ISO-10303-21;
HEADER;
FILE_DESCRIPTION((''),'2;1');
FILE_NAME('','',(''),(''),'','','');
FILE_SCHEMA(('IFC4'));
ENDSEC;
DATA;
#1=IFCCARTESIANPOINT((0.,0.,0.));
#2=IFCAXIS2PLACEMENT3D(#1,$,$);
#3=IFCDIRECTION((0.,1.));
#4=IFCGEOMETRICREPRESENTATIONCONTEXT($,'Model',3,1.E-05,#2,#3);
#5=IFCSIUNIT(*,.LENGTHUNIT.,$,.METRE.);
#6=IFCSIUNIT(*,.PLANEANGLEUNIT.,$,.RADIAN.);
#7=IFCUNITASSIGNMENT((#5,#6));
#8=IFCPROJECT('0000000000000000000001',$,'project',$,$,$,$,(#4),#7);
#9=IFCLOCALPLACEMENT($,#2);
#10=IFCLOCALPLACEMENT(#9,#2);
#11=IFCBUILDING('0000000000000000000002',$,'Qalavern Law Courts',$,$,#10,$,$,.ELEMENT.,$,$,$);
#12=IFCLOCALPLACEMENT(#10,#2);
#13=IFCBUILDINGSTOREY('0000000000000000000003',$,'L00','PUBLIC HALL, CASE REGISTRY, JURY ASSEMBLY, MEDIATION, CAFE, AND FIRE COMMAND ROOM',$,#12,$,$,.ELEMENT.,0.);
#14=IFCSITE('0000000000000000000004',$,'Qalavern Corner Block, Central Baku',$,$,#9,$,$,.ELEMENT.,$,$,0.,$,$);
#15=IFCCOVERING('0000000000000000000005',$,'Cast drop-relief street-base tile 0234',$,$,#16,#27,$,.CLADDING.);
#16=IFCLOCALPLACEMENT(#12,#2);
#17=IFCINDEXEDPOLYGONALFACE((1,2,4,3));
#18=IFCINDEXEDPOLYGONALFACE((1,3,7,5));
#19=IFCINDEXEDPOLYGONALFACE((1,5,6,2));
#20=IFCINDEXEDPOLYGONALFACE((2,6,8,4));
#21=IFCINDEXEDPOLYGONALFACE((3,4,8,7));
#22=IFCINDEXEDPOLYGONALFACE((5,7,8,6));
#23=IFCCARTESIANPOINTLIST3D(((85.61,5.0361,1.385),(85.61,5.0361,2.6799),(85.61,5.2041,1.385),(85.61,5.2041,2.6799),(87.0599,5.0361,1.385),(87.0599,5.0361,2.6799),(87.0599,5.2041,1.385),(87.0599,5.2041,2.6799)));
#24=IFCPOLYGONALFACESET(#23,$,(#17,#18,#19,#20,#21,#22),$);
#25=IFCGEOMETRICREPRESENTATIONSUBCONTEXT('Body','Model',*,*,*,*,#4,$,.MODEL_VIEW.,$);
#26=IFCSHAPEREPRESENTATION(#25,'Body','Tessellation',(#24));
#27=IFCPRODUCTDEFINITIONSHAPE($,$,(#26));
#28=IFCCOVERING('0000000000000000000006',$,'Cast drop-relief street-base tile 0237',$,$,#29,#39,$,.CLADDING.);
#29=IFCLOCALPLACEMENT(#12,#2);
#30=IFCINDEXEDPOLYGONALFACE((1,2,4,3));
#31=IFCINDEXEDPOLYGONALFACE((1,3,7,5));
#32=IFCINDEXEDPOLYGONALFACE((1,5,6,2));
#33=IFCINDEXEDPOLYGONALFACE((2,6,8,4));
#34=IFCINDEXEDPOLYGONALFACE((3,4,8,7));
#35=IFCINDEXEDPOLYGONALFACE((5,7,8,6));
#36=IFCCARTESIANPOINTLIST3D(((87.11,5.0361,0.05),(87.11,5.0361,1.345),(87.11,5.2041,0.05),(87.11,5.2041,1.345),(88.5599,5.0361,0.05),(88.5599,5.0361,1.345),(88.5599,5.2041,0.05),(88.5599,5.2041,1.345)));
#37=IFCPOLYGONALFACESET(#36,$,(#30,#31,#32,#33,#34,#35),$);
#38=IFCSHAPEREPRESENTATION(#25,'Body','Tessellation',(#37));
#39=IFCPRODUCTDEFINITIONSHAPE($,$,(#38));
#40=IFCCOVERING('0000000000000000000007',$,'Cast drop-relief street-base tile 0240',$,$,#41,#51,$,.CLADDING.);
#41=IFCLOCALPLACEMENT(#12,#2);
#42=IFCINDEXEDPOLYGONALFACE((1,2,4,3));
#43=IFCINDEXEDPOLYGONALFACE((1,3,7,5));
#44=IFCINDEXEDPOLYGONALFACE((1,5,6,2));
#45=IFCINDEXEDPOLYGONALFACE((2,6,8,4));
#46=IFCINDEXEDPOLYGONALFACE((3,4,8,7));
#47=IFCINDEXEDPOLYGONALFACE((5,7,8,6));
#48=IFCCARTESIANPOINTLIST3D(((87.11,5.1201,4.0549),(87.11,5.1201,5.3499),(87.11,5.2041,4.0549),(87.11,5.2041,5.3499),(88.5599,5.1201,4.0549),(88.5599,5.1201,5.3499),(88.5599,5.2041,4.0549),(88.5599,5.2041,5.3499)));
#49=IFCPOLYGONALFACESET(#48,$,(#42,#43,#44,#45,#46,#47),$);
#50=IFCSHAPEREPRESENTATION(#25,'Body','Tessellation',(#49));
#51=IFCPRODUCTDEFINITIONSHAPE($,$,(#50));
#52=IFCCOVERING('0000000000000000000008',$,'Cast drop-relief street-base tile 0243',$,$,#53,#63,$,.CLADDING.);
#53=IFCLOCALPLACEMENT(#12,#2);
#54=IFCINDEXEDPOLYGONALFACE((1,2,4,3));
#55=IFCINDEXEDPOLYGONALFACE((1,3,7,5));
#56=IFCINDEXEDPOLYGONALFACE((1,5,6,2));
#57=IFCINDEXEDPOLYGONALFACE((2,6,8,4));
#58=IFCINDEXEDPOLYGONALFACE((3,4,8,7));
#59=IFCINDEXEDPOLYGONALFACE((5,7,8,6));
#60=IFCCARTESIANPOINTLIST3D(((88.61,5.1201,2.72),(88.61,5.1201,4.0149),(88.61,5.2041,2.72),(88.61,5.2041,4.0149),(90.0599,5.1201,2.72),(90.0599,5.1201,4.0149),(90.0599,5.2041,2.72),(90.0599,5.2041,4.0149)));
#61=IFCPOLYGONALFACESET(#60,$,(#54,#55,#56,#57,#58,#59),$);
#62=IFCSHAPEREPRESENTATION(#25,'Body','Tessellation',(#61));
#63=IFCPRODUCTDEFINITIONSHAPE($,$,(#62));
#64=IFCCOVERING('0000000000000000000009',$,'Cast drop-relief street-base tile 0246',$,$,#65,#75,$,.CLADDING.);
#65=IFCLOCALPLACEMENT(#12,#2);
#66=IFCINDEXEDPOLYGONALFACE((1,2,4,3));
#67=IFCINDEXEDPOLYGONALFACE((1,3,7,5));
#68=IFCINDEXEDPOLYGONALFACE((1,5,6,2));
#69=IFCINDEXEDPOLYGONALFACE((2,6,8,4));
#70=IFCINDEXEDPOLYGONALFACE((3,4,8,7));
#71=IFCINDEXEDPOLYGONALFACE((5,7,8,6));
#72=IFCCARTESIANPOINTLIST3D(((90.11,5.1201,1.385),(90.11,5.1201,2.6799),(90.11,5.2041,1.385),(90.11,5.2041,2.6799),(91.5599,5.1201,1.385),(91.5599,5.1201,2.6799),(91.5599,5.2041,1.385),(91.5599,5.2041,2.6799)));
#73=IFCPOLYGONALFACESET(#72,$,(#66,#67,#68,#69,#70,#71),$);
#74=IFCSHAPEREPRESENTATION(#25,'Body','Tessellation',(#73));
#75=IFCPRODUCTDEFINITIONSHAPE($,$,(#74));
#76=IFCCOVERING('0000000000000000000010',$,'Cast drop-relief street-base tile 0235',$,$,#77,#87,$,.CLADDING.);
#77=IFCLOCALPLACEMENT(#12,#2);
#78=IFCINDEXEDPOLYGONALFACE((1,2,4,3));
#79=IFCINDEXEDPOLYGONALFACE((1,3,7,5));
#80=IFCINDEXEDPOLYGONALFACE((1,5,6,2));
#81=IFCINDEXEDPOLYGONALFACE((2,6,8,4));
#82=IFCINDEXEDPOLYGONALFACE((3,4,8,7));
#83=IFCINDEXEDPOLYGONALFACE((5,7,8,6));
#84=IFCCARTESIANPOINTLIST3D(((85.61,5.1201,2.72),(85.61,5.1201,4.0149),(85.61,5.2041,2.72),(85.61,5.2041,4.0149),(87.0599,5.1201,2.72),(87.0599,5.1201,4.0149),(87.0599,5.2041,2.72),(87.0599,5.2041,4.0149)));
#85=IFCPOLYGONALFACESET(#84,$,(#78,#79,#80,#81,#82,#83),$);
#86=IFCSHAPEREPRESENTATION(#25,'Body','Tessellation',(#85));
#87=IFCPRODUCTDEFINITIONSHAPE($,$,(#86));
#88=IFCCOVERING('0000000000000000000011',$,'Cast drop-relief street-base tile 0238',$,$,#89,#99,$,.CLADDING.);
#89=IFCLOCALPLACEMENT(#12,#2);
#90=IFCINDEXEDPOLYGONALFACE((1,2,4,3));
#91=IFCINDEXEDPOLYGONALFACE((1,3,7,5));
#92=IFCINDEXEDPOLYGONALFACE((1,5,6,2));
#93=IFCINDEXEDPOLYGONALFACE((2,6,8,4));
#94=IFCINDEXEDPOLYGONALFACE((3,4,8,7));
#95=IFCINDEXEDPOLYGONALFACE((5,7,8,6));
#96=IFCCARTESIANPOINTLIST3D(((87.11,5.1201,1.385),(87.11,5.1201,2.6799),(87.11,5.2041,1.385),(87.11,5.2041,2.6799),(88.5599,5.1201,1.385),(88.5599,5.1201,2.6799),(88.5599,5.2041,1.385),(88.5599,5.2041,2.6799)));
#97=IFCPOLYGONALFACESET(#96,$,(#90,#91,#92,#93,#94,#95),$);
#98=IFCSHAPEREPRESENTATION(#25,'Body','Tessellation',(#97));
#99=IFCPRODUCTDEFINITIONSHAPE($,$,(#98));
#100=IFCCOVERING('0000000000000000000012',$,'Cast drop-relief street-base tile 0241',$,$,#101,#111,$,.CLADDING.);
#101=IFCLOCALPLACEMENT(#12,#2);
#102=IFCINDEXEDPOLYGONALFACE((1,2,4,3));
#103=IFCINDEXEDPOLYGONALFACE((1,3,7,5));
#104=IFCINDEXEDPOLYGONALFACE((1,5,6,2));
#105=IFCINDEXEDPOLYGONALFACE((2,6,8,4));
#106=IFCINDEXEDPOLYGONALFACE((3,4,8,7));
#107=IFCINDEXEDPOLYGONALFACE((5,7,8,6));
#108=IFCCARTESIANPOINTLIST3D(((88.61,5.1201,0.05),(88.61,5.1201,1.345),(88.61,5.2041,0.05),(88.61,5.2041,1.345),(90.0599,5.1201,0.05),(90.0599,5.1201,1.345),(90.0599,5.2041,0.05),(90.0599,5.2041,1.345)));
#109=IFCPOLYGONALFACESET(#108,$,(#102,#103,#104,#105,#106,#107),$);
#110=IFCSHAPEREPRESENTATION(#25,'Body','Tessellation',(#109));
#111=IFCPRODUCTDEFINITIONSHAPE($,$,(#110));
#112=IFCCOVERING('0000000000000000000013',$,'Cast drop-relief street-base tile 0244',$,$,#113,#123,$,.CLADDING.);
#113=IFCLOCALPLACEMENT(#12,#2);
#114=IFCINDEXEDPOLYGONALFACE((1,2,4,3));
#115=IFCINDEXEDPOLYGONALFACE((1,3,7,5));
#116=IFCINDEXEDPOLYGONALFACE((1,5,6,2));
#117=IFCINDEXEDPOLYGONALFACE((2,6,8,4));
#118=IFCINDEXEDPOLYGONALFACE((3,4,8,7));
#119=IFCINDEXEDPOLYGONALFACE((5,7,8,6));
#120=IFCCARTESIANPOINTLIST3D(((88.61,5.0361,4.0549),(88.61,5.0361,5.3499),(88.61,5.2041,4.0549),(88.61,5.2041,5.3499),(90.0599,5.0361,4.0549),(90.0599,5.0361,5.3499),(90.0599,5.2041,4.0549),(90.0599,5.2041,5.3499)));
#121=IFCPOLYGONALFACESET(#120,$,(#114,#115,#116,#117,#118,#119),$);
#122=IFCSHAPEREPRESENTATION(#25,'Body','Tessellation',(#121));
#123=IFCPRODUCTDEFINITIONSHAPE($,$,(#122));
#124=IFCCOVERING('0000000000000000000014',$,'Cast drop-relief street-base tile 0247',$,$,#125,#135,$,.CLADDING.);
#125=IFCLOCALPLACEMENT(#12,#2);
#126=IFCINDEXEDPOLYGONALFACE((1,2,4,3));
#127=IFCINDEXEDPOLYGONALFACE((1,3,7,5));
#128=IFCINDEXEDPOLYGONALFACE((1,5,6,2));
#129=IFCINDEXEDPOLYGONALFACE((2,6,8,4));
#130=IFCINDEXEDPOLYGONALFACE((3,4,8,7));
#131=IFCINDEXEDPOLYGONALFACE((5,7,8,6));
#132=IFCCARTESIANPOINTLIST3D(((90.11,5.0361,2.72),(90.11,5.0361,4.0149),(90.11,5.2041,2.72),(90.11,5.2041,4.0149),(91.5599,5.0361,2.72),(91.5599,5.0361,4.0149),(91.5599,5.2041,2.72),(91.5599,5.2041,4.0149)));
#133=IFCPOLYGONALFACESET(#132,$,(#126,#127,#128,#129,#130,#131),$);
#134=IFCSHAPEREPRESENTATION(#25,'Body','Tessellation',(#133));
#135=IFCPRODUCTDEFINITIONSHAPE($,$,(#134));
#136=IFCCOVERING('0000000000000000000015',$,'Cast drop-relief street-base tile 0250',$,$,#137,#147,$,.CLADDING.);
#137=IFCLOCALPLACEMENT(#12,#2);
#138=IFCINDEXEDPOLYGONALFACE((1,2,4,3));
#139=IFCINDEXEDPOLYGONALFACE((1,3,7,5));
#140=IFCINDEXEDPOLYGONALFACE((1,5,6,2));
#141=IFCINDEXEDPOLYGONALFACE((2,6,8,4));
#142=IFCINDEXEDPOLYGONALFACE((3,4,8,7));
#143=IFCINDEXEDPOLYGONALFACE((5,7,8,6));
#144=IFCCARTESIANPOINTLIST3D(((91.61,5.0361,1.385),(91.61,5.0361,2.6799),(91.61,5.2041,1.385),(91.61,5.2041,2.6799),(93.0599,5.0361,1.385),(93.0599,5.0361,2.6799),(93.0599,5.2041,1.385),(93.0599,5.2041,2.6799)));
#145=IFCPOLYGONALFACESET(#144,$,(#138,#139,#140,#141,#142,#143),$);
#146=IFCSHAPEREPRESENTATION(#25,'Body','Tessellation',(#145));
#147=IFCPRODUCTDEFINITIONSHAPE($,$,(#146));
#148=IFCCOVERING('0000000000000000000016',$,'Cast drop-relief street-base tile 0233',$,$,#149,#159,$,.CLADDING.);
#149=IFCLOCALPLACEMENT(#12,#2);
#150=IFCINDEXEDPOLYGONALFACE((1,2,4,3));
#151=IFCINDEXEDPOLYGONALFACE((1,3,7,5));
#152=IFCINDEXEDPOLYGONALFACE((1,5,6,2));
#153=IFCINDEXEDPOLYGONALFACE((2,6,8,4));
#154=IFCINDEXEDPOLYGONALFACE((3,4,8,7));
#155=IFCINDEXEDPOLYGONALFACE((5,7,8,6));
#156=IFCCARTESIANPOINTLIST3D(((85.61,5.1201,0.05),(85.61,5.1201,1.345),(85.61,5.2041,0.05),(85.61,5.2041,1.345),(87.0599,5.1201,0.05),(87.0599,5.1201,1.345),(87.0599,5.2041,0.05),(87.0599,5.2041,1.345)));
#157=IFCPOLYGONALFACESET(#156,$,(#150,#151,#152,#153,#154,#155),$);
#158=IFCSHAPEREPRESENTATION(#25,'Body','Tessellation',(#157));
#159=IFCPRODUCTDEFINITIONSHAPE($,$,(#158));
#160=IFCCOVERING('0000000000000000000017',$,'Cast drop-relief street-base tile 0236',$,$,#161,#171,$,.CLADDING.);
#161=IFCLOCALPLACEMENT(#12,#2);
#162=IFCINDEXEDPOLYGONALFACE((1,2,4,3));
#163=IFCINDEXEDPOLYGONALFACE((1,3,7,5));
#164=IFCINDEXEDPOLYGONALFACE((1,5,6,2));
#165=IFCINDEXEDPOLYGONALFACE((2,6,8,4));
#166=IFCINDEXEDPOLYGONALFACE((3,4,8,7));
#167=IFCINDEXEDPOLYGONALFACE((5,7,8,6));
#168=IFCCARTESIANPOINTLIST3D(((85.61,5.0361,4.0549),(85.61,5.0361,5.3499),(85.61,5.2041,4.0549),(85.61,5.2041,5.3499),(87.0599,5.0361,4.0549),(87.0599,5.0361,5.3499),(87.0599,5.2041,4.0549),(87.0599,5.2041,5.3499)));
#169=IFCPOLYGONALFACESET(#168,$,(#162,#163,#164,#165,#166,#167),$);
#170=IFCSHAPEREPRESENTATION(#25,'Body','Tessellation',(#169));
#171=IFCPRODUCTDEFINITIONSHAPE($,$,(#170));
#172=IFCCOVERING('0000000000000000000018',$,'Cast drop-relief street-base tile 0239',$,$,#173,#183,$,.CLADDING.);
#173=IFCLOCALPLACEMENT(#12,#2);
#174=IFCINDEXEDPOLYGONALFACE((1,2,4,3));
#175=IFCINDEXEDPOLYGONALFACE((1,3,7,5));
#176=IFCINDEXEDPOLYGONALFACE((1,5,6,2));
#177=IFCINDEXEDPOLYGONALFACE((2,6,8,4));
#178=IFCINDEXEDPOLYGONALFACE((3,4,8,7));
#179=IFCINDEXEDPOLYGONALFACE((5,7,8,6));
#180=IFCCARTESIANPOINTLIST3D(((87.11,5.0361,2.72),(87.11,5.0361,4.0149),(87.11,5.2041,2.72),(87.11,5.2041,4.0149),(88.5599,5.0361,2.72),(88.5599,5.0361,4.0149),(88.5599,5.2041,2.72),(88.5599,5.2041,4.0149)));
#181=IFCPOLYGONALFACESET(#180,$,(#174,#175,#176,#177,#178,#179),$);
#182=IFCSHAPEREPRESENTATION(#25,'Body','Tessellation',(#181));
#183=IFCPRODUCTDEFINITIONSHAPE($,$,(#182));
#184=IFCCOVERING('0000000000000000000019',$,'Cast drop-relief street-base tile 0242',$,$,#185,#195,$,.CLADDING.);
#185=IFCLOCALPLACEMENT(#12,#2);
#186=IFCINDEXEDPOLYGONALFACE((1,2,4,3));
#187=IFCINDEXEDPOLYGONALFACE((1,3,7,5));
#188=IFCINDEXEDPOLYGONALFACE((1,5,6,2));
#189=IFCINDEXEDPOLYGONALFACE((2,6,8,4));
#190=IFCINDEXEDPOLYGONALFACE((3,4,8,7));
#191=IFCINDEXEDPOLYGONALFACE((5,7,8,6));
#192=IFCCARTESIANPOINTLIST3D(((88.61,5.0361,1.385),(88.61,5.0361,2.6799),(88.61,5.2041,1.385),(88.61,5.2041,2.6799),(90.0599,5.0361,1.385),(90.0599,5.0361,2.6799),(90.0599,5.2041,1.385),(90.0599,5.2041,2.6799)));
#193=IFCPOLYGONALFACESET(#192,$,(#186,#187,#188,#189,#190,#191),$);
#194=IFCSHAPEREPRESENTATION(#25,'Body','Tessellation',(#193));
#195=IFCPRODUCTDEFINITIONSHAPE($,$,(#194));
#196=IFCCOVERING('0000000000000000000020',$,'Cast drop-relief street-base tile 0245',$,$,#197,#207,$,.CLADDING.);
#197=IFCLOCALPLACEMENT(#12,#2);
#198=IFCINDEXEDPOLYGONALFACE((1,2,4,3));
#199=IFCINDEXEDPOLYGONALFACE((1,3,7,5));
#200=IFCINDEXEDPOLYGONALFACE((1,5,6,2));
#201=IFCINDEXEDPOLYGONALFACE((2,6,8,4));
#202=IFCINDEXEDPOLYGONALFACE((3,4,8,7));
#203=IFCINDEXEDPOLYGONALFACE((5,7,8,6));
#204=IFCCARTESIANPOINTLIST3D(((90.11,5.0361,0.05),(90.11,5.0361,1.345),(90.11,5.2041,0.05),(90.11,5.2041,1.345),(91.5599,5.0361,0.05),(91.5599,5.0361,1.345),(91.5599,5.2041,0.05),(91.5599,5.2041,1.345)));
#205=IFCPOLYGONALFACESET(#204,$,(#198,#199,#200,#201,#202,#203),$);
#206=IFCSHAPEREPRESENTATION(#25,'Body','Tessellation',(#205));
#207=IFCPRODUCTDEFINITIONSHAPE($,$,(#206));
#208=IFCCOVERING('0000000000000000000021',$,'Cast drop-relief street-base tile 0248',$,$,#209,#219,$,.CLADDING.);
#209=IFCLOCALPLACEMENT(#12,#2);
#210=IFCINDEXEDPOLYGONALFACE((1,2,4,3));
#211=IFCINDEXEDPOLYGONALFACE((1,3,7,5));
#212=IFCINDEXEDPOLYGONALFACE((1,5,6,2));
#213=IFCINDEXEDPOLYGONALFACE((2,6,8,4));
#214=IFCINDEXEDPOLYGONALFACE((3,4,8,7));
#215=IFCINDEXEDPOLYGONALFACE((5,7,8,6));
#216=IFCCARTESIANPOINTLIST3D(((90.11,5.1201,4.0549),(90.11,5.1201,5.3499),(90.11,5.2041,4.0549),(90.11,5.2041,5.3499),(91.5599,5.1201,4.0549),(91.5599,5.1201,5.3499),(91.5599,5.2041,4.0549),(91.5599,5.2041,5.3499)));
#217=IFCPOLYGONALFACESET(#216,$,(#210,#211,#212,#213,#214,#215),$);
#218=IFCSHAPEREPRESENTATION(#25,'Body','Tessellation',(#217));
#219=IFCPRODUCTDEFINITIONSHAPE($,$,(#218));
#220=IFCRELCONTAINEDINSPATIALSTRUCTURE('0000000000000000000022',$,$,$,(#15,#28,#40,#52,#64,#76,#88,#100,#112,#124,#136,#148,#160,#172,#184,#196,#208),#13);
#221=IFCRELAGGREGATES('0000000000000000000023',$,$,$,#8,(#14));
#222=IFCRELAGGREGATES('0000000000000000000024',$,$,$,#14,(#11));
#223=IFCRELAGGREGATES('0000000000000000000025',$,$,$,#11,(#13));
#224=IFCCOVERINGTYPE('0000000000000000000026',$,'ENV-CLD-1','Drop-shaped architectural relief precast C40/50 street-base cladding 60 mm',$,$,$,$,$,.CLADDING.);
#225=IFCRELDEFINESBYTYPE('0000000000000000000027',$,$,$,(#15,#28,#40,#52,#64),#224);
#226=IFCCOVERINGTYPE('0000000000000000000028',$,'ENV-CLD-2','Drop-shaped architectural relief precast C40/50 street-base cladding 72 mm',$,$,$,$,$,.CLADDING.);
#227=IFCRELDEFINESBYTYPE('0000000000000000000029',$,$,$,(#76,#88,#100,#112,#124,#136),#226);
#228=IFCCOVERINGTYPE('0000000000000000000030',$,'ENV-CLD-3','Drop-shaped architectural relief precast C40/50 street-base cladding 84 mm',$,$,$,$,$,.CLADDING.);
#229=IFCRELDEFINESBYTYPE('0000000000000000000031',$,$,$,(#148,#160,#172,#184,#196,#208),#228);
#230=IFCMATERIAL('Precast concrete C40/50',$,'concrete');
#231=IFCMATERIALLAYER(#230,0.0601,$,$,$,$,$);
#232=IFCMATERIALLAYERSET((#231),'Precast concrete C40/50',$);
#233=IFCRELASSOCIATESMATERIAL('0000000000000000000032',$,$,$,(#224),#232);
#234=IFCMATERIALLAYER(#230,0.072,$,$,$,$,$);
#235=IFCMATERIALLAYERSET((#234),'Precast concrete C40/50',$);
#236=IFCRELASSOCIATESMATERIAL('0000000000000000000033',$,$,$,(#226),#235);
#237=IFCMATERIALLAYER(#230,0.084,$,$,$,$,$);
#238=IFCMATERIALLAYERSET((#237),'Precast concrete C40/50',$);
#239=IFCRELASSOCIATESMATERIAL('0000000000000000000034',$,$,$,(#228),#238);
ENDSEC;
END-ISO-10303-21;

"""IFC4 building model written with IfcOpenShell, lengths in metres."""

from ifc_helpers import new_model, si_unit, direction, frame, origin, origin_2d, place, context, subcontext, project, spatial, rectangle, extrude, material, layer, layer_set, type_object, element, save


model = new_model("IFC4")

# Units and contexts
model_context = context("Model", 3, precision=1e-05, world=origin(), true_north=direction((0.0, 1.0)))
body_context = subcontext(model_context, "Body", "Model", "MODEL_VIEW")
ifc_project = project(units=[si_unit("LENGTHUNIT", "METRE"), si_unit("PLANEANGLEUNIT", "RADIAN")], contexts=[model_context])

# Site, building, storey
site_placement = place(None, origin())
site = spatial("IfcSite", under=ifc_project, at=site_placement, Name="Qalavern Corner Block, Central Baku", CompositionType="ELEMENT", RefElevation=0.0)
building_placement = place(site_placement, origin())
building = spatial("IfcBuilding", under=site, at=building_placement, Name="Qalavern Law Courts", CompositionType="ELEMENT")
storey_placement = place(building_placement, origin())
storey = spatial("IfcBuildingStorey", under=building, at=storey_placement, Name="L00", Description="PUBLIC HALL, CASE REGISTRY, JURY ASSEMBLY, MEDIATION, CAFE, AND FIRE COMMAND ROOM", CompositionType="ELEMENT", Elevation=0.0)

# Coverings
ifc_material_1 = material(Name="Precast concrete C40/50", Category="concrete")
ifc_layer_1 = layer(ifc_material_1, 0.0601)
ifc_layer_set_1 = layer_set([ifc_layer_1], Name="Precast concrete C40/50")
covering_type_1 = type_object("IfcCoveringType", Name="ENV-CLD-1", Description="Drop-shaped architectural relief precast C40/50 street-base cladding 60 mm", PredefinedType="CLADDING", material=ifc_layer_set_1)
for number, where, z_axis, x_axis, name in (
    (1, (86.335, 5.1201, 1.385), (0.0, 0.0, 1.0), (1.0, 0.0, 0.0), "Cast drop-relief street-base tile 0234"),
    (2, (87.835, 5.1201, 0.05), (0.0, 0.0, 1.0), (1.0, 0.0, 0.0), "Cast drop-relief street-base tile 0237"),
):
    element("IfcCovering", number, at=place(storey_placement, frame(where, z_axis=z_axis, x_axis=x_axis)), inside=storey, type_object=covering_type_1, Name=name, PredefinedType="CLADDING", context=body_context, shape_type="SweptSolid", body=[
        extrude(rectangle(XDim=1.45, YDim=0.168, at=origin_2d()), origin(), (0.0, 0.0, 1.0), 1.2949),
    ])
for number, where, z_axis, x_axis, name in (
    (3, (87.835, 5.1621, 4.0549), (0.0, 0.0, 1.0), (1.0, 0.0, 0.0), "Cast drop-relief street-base tile 0240"),
    (4, (89.335, 5.1621, 2.72), (0.0, 0.0, 1.0), (1.0, 0.0, 0.0), "Cast drop-relief street-base tile 0243"),
    (5, (90.835, 5.1621, 1.385), (0.0, 0.0, 1.0), (1.0, 0.0, 0.0), "Cast drop-relief street-base tile 0246"),
):
    element("IfcCovering", number, at=place(storey_placement, frame(where, z_axis=z_axis, x_axis=x_axis)), inside=storey, type_object=covering_type_1, Name=name, PredefinedType="CLADDING", context=body_context, shape_type="SweptSolid", body=[
        extrude(rectangle(XDim=1.45, YDim=0.084, at=origin_2d()), origin(), (0.0, 0.0, 1.0), 1.2949),
    ])
ifc_layer_2 = layer(ifc_material_1, 0.072)
ifc_layer_set_2 = layer_set([ifc_layer_2], Name="Precast concrete C40/50")
covering_type_2 = type_object("IfcCoveringType", Name="ENV-CLD-2", Description="Drop-shaped architectural relief precast C40/50 street-base cladding 72 mm", PredefinedType="CLADDING", material=ifc_layer_set_2)
for number, where, z_axis, x_axis, name in (
    (6, (86.335, 5.1621, 2.72), (0.0, 0.0, 1.0), (1.0, 0.0, 0.0), "Cast drop-relief street-base tile 0235"),
    (7, (87.835, 5.1621, 1.385), (0.0, 0.0, 1.0), (1.0, 0.0, 0.0), "Cast drop-relief street-base tile 0238"),
    (8, (89.335, 5.1621, 0.05), (0.0, 0.0, 1.0), (1.0, 0.0, 0.0), "Cast drop-relief street-base tile 0241"),
):
    element("IfcCovering", number, at=place(storey_placement, frame(where, z_axis=z_axis, x_axis=x_axis)), inside=storey, type_object=covering_type_2, Name=name, PredefinedType="CLADDING", context=body_context, shape_type="SweptSolid", body=[
        extrude(rectangle(XDim=1.45, YDim=0.084, at=origin_2d()), origin(), (0.0, 0.0, 1.0), 1.2949),
    ])
for number, where, z_axis, x_axis, name in (
    (9, (89.335, 5.1201, 4.0549), (0.0, 0.0, 1.0), (1.0, 0.0, 0.0), "Cast drop-relief street-base tile 0244"),
    (10, (90.835, 5.1201, 2.72), (0.0, 0.0, 1.0), (1.0, 0.0, 0.0), "Cast drop-relief street-base tile 0247"),
    (11, (92.335, 5.1201, 1.385), (0.0, 0.0, 1.0), (1.0, 0.0, 0.0), "Cast drop-relief street-base tile 0250"),
):
    element("IfcCovering", number, at=place(storey_placement, frame(where, z_axis=z_axis, x_axis=x_axis)), inside=storey, type_object=covering_type_2, Name=name, PredefinedType="CLADDING", context=body_context, shape_type="SweptSolid", body=[
        extrude(rectangle(XDim=1.45, YDim=0.168, at=origin_2d()), origin(), (0.0, 0.0, 1.0), 1.2949),
    ])
ifc_layer_3 = layer(ifc_material_1, 0.084)
ifc_layer_set_3 = layer_set([ifc_layer_3], Name="Precast concrete C40/50")
covering_type_3 = type_object("IfcCoveringType", Name="ENV-CLD-3", Description="Drop-shaped architectural relief precast C40/50 street-base cladding 84 mm", PredefinedType="CLADDING", material=ifc_layer_set_3)
covering_1_placement = place(storey_placement, frame((86.335, 5.1621, 0.05), z_axis=(0.0, 0.0, 1.0), x_axis=(1.0, 0.0, 0.0)))
element("IfcCovering", 12, at=covering_1_placement, inside=storey, type_object=covering_type_3, Name="Cast drop-relief street-base tile 0233", PredefinedType="CLADDING", context=body_context, shape_type="SweptSolid", body=[
    extrude(rectangle(XDim=1.45, YDim=0.084, at=origin_2d()), origin(), (0.0, 0.0, 1.0), 1.2949),
])
for number, where, z_axis, x_axis, name in (
    (13, (86.335, 5.1201, 4.0549), (0.0, 0.0, 1.0), (1.0, 0.0, 0.0), "Cast drop-relief street-base tile 0236"),
    (14, (87.835, 5.1201, 2.72), (0.0, 0.0, 1.0), (1.0, 0.0, 0.0), "Cast drop-relief street-base tile 0239"),
    (15, (89.335, 5.1201, 1.385), (0.0, 0.0, 1.0), (1.0, 0.0, 0.0), "Cast drop-relief street-base tile 0242"),
    (16, (90.835, 5.1201, 0.05), (0.0, 0.0, 1.0), (1.0, 0.0, 0.0), "Cast drop-relief street-base tile 0245"),
):
    element("IfcCovering", number, at=place(storey_placement, frame(where, z_axis=z_axis, x_axis=x_axis)), inside=storey, type_object=covering_type_3, Name=name, PredefinedType="CLADDING", context=body_context, shape_type="SweptSolid", body=[
        extrude(rectangle(XDim=1.45, YDim=0.168, at=origin_2d()), origin(), (0.0, 0.0, 1.0), 1.2949),
    ])
covering_2_placement = place(storey_placement, frame((90.835, 5.1621, 4.0549), z_axis=(0.0, 0.0, 1.0), x_axis=(1.0, 0.0, 0.0)))
element("IfcCovering", 17, at=covering_2_placement, inside=storey, type_object=covering_type_3, Name="Cast drop-relief street-base tile 0248", PredefinedType="CLADDING", context=body_context, shape_type="SweptSolid", body=[
    extrude(rectangle(XDim=1.45, YDim=0.084, at=origin_2d()), origin(), (0.0, 0.0, 1.0), 1.2949),
])

save(model, "model.ifc")
